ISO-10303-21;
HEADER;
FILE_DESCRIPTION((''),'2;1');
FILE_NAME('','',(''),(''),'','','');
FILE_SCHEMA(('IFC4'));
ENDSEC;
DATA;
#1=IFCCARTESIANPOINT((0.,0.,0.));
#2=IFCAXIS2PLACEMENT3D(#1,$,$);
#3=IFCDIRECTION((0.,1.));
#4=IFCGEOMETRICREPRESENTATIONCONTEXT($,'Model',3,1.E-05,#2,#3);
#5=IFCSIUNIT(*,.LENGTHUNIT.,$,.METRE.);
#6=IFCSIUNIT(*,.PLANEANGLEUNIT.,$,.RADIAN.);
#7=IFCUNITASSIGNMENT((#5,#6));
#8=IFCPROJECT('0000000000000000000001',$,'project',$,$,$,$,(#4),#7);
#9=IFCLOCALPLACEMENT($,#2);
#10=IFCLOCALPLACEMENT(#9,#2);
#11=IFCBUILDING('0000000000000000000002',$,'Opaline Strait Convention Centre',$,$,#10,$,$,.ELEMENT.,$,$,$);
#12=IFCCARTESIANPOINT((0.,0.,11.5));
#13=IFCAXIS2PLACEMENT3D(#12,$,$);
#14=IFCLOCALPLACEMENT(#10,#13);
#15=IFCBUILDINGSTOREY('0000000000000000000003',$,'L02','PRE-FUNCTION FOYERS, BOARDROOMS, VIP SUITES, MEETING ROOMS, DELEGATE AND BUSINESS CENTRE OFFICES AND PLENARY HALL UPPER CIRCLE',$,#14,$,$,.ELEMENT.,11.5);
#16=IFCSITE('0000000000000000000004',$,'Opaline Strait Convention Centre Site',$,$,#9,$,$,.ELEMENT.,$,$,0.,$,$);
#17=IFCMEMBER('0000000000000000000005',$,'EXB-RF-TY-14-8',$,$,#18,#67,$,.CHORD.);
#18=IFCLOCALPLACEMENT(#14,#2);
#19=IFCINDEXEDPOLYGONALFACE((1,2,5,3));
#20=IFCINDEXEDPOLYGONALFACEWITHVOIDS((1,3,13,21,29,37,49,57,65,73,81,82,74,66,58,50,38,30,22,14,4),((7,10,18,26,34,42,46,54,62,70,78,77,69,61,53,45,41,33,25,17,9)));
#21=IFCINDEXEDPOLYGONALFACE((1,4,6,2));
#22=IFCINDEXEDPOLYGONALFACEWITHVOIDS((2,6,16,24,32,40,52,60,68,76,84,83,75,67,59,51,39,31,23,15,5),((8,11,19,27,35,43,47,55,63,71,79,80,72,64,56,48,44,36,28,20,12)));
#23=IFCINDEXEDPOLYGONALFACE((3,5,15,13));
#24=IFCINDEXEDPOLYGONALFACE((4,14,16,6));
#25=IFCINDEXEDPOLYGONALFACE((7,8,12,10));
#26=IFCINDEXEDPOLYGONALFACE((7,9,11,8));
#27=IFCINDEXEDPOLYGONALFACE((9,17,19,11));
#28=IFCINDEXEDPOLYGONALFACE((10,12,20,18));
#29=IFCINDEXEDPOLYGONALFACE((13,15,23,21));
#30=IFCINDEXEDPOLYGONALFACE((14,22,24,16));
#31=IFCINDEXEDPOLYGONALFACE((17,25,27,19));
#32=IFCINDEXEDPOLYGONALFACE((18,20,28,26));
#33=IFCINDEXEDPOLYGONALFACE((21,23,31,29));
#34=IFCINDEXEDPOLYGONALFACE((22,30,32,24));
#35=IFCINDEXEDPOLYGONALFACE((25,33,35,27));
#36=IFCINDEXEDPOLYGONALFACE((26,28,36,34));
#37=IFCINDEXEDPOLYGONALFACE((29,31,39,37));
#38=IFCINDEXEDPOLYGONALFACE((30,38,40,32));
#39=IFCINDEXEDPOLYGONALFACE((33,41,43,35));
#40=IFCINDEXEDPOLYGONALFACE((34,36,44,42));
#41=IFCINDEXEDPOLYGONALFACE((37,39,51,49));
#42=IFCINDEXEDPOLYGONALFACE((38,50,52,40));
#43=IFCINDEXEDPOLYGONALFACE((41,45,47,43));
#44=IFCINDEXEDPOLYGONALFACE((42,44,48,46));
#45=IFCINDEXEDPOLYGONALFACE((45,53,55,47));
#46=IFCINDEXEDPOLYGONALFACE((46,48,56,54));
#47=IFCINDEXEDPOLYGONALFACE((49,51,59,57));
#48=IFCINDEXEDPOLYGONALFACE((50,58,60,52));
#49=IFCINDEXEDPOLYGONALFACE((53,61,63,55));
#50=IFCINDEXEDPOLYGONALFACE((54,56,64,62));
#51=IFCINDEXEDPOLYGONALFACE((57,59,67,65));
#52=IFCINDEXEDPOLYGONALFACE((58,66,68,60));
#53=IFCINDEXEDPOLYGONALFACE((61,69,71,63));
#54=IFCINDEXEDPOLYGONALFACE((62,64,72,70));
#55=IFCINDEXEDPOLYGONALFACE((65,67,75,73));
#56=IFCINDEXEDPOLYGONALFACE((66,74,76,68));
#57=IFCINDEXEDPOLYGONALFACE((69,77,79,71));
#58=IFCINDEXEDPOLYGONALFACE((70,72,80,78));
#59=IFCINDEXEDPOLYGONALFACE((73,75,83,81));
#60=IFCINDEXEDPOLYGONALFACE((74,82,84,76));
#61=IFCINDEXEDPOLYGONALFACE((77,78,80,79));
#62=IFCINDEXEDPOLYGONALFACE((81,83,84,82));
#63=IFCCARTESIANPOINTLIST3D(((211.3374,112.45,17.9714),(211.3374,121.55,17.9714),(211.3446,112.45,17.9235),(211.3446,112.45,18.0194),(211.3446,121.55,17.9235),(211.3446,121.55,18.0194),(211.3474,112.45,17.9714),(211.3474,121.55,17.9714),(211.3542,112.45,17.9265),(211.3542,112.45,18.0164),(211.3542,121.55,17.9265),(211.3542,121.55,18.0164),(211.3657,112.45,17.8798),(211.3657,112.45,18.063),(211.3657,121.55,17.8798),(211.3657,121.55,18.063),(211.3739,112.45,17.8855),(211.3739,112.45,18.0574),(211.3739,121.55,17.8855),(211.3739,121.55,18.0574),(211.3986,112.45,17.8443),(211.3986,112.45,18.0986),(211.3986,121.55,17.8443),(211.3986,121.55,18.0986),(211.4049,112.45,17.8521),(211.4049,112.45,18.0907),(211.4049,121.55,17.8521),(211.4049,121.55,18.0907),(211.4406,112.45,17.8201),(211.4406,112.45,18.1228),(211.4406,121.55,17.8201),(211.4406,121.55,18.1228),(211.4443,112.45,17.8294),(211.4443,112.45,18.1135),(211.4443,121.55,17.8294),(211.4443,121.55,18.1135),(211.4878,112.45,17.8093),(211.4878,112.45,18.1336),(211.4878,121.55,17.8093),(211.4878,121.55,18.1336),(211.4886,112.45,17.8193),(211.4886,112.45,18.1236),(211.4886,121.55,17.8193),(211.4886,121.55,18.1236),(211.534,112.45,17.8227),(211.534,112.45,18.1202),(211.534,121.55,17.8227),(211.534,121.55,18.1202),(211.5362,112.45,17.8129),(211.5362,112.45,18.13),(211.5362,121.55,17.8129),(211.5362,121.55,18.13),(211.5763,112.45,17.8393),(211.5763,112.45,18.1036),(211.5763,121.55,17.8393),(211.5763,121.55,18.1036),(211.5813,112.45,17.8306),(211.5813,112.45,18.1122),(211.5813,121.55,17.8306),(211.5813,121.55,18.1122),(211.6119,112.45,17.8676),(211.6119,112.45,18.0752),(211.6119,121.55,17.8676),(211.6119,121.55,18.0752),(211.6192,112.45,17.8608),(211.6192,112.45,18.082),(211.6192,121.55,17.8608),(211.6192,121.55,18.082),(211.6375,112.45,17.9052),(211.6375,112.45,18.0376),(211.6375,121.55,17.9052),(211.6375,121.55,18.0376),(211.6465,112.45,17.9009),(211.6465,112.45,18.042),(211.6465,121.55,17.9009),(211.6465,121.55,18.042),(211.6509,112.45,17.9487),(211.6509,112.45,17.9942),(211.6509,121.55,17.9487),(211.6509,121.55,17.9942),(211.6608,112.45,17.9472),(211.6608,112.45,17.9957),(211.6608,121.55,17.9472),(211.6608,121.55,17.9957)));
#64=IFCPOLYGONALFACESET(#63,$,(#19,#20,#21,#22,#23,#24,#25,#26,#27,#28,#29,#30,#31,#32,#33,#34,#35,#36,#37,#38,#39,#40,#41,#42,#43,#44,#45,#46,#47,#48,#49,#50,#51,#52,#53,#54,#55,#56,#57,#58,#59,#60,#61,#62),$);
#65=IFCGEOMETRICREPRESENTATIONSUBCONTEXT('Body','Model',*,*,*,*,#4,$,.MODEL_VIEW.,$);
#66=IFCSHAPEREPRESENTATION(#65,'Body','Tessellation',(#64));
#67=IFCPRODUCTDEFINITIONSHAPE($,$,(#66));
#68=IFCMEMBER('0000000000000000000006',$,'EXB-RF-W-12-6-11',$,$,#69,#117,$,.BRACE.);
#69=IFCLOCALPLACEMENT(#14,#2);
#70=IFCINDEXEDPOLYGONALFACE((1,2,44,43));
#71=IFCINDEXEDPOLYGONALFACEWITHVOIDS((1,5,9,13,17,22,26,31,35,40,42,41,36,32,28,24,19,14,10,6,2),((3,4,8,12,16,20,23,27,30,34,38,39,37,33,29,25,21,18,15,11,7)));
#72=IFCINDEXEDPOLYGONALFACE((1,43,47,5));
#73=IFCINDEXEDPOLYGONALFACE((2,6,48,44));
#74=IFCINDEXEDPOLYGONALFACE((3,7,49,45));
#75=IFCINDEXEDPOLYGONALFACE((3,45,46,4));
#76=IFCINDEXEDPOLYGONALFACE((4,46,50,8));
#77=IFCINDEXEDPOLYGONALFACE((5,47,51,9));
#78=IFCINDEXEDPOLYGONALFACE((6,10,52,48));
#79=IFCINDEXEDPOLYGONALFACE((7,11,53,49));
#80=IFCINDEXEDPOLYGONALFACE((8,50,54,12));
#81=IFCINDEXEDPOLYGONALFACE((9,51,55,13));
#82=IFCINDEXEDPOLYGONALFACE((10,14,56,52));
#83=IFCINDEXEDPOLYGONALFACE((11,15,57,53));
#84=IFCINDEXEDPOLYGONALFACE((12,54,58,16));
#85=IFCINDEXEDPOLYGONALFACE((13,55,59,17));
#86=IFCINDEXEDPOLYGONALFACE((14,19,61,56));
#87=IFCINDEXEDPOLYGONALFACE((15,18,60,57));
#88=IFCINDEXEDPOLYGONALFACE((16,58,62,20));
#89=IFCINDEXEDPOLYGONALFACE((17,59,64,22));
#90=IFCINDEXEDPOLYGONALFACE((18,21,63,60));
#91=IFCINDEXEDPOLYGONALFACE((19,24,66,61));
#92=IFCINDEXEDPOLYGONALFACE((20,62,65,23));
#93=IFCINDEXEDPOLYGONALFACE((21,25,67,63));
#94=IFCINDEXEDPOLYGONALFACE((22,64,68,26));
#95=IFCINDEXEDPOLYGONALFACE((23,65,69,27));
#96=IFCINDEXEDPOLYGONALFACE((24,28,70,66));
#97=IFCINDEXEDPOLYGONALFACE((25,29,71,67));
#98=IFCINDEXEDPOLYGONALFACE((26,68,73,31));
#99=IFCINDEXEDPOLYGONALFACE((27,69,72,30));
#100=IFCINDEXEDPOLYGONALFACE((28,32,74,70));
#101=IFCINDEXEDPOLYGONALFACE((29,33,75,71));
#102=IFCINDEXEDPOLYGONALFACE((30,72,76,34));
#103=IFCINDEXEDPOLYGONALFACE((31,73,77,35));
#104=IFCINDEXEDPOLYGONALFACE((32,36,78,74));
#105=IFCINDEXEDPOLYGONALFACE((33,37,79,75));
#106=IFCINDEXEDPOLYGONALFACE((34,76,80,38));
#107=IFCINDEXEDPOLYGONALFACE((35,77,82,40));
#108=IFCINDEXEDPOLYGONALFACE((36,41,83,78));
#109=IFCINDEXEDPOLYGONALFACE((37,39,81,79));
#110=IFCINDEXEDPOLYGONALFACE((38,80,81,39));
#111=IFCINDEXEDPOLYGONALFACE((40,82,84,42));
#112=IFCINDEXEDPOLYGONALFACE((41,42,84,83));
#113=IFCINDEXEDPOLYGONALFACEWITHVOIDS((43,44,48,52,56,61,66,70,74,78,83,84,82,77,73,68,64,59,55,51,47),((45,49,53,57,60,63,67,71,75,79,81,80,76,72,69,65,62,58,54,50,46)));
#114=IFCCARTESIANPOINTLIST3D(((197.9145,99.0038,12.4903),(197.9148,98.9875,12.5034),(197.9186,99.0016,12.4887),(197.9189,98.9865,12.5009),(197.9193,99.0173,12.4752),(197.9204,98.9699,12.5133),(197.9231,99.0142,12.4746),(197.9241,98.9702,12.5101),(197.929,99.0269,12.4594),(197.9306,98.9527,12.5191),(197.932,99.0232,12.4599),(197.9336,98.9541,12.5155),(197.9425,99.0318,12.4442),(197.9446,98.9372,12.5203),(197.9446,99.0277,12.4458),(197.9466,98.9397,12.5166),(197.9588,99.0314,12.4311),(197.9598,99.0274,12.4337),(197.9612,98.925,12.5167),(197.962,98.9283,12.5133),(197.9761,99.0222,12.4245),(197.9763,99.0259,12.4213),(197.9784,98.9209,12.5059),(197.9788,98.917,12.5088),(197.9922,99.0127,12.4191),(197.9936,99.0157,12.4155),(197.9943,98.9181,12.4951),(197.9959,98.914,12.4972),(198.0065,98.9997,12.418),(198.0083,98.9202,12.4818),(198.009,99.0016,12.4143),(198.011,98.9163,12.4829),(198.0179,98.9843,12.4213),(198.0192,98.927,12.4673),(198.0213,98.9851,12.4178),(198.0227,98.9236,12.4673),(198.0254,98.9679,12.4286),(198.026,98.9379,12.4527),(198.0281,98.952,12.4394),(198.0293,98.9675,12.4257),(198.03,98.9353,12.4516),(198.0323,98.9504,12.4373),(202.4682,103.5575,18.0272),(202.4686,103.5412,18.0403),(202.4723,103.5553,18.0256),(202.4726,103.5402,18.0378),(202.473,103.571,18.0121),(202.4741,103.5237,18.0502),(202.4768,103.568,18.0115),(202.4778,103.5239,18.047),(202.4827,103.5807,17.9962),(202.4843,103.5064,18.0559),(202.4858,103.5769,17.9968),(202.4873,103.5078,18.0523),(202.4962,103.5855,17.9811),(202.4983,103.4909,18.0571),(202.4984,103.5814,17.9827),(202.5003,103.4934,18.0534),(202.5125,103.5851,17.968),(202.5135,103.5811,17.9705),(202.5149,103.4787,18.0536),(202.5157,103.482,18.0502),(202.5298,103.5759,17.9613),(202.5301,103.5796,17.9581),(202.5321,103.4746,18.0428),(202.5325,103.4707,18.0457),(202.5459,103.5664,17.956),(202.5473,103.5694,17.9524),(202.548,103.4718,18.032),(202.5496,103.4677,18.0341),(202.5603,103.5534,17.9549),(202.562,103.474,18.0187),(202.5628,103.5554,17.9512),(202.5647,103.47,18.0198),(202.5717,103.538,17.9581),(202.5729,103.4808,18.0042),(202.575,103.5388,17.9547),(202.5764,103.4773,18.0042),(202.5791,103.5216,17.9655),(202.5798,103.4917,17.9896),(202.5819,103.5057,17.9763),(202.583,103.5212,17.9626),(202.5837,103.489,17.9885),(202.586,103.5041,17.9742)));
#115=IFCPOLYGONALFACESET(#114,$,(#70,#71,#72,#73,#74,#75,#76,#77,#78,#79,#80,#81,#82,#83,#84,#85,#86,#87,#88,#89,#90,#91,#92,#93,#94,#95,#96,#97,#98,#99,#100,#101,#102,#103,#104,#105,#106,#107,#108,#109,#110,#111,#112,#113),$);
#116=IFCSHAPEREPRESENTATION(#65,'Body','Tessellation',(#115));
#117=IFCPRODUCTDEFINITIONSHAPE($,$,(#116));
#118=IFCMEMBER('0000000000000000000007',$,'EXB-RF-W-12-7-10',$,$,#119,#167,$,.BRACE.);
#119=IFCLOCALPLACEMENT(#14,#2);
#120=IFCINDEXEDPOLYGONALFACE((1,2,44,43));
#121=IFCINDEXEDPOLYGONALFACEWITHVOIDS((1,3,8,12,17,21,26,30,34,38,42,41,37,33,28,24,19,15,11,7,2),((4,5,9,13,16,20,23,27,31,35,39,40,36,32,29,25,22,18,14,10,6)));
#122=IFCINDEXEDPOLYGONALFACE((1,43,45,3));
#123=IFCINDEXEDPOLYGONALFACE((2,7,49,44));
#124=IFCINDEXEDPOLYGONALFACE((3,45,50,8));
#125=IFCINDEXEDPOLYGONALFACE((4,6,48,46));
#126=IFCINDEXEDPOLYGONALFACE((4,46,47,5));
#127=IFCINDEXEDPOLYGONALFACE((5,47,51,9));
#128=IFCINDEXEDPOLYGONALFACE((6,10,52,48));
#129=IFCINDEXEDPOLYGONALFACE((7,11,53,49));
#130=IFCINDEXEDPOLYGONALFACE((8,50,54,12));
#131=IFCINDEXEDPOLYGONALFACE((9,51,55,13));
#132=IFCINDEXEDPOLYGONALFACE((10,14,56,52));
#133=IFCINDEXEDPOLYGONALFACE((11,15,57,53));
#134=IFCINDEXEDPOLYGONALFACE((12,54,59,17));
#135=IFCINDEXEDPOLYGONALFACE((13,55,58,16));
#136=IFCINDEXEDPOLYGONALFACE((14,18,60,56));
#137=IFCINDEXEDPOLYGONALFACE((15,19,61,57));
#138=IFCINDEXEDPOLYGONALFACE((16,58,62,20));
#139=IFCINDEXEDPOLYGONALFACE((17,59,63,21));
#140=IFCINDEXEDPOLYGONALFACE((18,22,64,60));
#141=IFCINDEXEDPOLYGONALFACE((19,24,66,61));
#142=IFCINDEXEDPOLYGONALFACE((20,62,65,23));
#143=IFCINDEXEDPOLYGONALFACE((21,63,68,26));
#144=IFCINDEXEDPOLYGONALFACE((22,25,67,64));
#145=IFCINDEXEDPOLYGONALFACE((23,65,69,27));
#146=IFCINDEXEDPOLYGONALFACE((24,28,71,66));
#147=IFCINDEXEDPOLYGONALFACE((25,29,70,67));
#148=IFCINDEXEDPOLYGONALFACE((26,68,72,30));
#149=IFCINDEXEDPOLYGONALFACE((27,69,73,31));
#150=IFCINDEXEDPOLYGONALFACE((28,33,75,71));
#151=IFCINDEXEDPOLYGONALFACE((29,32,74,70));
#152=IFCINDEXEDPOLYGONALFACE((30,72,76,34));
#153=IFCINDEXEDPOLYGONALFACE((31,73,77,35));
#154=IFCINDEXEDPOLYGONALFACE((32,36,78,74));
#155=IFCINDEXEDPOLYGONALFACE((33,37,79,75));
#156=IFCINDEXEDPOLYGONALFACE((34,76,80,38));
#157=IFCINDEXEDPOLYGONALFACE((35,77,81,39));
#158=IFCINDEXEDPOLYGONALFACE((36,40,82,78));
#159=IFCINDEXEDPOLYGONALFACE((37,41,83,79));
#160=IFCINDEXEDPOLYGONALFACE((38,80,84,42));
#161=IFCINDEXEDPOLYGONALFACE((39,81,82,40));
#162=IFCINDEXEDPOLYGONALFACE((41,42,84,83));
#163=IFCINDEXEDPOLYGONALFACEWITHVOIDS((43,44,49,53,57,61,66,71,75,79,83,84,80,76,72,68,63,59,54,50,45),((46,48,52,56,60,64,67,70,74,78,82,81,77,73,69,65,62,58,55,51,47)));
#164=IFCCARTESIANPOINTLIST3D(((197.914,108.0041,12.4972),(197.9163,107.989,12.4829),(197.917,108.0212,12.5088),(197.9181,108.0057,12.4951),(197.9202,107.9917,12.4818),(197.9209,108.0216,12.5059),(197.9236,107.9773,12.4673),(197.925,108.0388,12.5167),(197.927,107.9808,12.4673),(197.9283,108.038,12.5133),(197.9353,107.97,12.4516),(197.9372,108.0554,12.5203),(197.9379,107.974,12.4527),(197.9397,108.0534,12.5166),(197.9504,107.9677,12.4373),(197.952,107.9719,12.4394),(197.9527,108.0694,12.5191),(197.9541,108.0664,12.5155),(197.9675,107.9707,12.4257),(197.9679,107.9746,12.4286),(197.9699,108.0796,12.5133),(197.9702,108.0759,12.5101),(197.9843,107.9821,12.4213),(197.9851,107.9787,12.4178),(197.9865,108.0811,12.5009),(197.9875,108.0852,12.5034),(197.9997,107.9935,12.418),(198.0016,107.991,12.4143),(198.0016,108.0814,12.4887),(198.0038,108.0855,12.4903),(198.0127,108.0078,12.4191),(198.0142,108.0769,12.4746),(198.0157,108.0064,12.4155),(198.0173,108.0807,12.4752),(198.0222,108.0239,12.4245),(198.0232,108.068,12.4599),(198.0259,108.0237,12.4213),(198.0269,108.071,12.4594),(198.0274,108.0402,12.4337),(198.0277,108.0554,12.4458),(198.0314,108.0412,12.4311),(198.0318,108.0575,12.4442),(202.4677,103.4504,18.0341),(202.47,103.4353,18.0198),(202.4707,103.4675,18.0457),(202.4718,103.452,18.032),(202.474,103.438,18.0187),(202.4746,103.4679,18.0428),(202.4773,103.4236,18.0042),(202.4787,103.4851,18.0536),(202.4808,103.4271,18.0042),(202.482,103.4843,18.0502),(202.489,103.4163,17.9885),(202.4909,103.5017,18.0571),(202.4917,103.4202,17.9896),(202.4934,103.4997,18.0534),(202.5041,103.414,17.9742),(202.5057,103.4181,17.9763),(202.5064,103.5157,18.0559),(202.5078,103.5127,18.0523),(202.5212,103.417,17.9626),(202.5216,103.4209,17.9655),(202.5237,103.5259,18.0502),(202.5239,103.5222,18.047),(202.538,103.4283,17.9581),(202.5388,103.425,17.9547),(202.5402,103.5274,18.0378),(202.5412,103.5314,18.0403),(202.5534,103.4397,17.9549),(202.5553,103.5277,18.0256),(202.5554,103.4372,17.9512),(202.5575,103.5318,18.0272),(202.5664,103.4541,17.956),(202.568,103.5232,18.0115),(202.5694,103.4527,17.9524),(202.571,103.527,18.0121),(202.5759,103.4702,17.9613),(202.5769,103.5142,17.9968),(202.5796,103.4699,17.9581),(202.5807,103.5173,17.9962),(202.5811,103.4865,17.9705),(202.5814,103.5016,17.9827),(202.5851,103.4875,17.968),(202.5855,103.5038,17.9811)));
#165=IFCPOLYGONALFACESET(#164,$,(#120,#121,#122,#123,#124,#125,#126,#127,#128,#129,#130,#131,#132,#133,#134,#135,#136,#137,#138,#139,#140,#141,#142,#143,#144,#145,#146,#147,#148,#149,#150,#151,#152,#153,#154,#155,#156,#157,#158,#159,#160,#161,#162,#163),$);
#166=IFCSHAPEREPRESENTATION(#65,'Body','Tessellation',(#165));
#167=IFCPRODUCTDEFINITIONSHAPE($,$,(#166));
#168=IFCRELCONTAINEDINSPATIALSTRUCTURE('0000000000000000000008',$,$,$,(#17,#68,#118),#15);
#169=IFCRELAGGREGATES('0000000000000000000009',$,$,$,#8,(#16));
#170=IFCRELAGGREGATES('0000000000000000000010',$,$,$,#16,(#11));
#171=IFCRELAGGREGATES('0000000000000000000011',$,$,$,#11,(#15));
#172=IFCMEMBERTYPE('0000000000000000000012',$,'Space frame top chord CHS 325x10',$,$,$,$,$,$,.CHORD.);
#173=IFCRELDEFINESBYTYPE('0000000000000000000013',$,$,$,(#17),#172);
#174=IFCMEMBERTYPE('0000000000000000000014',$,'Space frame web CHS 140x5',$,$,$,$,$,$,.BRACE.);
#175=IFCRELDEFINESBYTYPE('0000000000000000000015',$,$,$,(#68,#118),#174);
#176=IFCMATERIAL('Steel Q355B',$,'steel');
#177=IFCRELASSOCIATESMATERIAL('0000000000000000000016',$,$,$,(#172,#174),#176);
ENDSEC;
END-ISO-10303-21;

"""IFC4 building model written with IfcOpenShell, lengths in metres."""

from ifc_helpers import new_model, si_unit, direction, frame, origin, origin_2d, place, context, subcontext, project, spatial, hollow_circle, extrude, material, material_profile, profile_set, type_object, element, save


model = new_model("IFC4")

# Units and contexts
model_context = context("Model", 3, precision=1e-05, world=origin(), true_north=direction((0.0, 1.0)))
body_context = subcontext(model_context, "Body", "Model", "MODEL_VIEW")
ifc_project = project(units=[si_unit("LENGTHUNIT", "METRE"), si_unit("PLANEANGLEUNIT", "RADIAN")], contexts=[model_context])

# Site, building, storey
site_placement = place(None, origin())
site = spatial("IfcSite", under=ifc_project, at=site_placement, Name="Opaline Strait Convention Centre Site", CompositionType="ELEMENT", RefElevation=0.0)
building_placement = place(site_placement, origin())
building = spatial("IfcBuilding", under=site, at=building_placement, Name="Opaline Strait Convention Centre", CompositionType="ELEMENT")
storey_placement = place(building_placement, frame((0.0, 0.0, 11.5)))
storey = spatial("IfcBuildingStorey", under=building, at=storey_placement, Name="L02", Description="PRE-FUNCTION FOYERS, BOARDROOMS, VIP SUITES, MEETING ROOMS, DELEGATE AND BUSINESS CENTRE OFFICES AND PLENARY HALL UPPER CIRCLE", CompositionType="ELEMENT", Elevation=11.5)

# Members
ifc_material_1 = material(Name="Steel Q355B", Category="steel")
ifc_material_profile_1 = material_profile(ifc_material_1, hollow_circle(Radius=0.1626, WallThickness=0.01, at=origin_2d()), Name="CHS 325x10")
ifc_profile_set_1 = profile_set([ifc_material_profile_1], Name="Steel Q355B")
member_type_1 = type_object("IfcMemberType", Name="Space frame top chord CHS 325x10", PredefinedType="CHORD", material=ifc_profile_set_1)
for number, where, z_axis, x_axis, name in (
    (1, (211.5, 112.45, 17.9714), (0.0, 1.0, 0.0), (-1.0, 0.0, 0.0), "EXB-RF-TY-14-8"),
):
    element("IfcMember", number, at=place(storey_placement, frame(where, z_axis=z_axis, x_axis=x_axis)), inside=storey, type_object=member_type_1, Name=name, PredefinedType="CHORD", context=body_context, shape_type="SweptSolid", body=[
        extrude(hollow_circle(Radius=0.1626, WallThickness=0.01, at=origin_2d()), origin(), (0.0, 0.0, 1.0), 9.1001),
    ])
ifc_material_profile_2 = material_profile(ifc_material_1, hollow_circle(Radius=0.0701, WallThickness=0.0049, at=origin_2d()), Name="CHS 140x5")
ifc_profile_set_2 = profile_set([ifc_material_profile_2], Name="Steel Q355B")
member_type_2 = type_object("IfcMemberType", Name="Space frame web CHS 140x5", PredefinedType="BRACE", material=ifc_profile_set_2)
for number, where, z_axis, x_axis, name in (
    (2, (202.5269, 103.5269, 18.0042), (-0.536178, -0.536178, -0.65194), (0.707107, -0.707107, 0.0), "EXB-RF-W-12-6-11"),
    (3, (202.5269, 103.4731, 18.0042), (-0.536178, 0.536178, -0.65194), (-0.707107, -0.707107, 0.0), "EXB-RF-W-12-7-10"),
):
    element("IfcMember", number, at=place(storey_placement, frame(where, z_axis=z_axis, x_axis=x_axis)), inside=storey, type_object=member_type_2, Name=name, PredefinedType="BRACE", context=body_context, shape_type="SweptSolid", body=[
        extrude(hollow_circle(Radius=0.0701, WallThickness=0.0049, at=origin_2d()), origin(), (0.0, 0.0, 1.0), 8.4929),
    ])

save(model, "model.ifc")
